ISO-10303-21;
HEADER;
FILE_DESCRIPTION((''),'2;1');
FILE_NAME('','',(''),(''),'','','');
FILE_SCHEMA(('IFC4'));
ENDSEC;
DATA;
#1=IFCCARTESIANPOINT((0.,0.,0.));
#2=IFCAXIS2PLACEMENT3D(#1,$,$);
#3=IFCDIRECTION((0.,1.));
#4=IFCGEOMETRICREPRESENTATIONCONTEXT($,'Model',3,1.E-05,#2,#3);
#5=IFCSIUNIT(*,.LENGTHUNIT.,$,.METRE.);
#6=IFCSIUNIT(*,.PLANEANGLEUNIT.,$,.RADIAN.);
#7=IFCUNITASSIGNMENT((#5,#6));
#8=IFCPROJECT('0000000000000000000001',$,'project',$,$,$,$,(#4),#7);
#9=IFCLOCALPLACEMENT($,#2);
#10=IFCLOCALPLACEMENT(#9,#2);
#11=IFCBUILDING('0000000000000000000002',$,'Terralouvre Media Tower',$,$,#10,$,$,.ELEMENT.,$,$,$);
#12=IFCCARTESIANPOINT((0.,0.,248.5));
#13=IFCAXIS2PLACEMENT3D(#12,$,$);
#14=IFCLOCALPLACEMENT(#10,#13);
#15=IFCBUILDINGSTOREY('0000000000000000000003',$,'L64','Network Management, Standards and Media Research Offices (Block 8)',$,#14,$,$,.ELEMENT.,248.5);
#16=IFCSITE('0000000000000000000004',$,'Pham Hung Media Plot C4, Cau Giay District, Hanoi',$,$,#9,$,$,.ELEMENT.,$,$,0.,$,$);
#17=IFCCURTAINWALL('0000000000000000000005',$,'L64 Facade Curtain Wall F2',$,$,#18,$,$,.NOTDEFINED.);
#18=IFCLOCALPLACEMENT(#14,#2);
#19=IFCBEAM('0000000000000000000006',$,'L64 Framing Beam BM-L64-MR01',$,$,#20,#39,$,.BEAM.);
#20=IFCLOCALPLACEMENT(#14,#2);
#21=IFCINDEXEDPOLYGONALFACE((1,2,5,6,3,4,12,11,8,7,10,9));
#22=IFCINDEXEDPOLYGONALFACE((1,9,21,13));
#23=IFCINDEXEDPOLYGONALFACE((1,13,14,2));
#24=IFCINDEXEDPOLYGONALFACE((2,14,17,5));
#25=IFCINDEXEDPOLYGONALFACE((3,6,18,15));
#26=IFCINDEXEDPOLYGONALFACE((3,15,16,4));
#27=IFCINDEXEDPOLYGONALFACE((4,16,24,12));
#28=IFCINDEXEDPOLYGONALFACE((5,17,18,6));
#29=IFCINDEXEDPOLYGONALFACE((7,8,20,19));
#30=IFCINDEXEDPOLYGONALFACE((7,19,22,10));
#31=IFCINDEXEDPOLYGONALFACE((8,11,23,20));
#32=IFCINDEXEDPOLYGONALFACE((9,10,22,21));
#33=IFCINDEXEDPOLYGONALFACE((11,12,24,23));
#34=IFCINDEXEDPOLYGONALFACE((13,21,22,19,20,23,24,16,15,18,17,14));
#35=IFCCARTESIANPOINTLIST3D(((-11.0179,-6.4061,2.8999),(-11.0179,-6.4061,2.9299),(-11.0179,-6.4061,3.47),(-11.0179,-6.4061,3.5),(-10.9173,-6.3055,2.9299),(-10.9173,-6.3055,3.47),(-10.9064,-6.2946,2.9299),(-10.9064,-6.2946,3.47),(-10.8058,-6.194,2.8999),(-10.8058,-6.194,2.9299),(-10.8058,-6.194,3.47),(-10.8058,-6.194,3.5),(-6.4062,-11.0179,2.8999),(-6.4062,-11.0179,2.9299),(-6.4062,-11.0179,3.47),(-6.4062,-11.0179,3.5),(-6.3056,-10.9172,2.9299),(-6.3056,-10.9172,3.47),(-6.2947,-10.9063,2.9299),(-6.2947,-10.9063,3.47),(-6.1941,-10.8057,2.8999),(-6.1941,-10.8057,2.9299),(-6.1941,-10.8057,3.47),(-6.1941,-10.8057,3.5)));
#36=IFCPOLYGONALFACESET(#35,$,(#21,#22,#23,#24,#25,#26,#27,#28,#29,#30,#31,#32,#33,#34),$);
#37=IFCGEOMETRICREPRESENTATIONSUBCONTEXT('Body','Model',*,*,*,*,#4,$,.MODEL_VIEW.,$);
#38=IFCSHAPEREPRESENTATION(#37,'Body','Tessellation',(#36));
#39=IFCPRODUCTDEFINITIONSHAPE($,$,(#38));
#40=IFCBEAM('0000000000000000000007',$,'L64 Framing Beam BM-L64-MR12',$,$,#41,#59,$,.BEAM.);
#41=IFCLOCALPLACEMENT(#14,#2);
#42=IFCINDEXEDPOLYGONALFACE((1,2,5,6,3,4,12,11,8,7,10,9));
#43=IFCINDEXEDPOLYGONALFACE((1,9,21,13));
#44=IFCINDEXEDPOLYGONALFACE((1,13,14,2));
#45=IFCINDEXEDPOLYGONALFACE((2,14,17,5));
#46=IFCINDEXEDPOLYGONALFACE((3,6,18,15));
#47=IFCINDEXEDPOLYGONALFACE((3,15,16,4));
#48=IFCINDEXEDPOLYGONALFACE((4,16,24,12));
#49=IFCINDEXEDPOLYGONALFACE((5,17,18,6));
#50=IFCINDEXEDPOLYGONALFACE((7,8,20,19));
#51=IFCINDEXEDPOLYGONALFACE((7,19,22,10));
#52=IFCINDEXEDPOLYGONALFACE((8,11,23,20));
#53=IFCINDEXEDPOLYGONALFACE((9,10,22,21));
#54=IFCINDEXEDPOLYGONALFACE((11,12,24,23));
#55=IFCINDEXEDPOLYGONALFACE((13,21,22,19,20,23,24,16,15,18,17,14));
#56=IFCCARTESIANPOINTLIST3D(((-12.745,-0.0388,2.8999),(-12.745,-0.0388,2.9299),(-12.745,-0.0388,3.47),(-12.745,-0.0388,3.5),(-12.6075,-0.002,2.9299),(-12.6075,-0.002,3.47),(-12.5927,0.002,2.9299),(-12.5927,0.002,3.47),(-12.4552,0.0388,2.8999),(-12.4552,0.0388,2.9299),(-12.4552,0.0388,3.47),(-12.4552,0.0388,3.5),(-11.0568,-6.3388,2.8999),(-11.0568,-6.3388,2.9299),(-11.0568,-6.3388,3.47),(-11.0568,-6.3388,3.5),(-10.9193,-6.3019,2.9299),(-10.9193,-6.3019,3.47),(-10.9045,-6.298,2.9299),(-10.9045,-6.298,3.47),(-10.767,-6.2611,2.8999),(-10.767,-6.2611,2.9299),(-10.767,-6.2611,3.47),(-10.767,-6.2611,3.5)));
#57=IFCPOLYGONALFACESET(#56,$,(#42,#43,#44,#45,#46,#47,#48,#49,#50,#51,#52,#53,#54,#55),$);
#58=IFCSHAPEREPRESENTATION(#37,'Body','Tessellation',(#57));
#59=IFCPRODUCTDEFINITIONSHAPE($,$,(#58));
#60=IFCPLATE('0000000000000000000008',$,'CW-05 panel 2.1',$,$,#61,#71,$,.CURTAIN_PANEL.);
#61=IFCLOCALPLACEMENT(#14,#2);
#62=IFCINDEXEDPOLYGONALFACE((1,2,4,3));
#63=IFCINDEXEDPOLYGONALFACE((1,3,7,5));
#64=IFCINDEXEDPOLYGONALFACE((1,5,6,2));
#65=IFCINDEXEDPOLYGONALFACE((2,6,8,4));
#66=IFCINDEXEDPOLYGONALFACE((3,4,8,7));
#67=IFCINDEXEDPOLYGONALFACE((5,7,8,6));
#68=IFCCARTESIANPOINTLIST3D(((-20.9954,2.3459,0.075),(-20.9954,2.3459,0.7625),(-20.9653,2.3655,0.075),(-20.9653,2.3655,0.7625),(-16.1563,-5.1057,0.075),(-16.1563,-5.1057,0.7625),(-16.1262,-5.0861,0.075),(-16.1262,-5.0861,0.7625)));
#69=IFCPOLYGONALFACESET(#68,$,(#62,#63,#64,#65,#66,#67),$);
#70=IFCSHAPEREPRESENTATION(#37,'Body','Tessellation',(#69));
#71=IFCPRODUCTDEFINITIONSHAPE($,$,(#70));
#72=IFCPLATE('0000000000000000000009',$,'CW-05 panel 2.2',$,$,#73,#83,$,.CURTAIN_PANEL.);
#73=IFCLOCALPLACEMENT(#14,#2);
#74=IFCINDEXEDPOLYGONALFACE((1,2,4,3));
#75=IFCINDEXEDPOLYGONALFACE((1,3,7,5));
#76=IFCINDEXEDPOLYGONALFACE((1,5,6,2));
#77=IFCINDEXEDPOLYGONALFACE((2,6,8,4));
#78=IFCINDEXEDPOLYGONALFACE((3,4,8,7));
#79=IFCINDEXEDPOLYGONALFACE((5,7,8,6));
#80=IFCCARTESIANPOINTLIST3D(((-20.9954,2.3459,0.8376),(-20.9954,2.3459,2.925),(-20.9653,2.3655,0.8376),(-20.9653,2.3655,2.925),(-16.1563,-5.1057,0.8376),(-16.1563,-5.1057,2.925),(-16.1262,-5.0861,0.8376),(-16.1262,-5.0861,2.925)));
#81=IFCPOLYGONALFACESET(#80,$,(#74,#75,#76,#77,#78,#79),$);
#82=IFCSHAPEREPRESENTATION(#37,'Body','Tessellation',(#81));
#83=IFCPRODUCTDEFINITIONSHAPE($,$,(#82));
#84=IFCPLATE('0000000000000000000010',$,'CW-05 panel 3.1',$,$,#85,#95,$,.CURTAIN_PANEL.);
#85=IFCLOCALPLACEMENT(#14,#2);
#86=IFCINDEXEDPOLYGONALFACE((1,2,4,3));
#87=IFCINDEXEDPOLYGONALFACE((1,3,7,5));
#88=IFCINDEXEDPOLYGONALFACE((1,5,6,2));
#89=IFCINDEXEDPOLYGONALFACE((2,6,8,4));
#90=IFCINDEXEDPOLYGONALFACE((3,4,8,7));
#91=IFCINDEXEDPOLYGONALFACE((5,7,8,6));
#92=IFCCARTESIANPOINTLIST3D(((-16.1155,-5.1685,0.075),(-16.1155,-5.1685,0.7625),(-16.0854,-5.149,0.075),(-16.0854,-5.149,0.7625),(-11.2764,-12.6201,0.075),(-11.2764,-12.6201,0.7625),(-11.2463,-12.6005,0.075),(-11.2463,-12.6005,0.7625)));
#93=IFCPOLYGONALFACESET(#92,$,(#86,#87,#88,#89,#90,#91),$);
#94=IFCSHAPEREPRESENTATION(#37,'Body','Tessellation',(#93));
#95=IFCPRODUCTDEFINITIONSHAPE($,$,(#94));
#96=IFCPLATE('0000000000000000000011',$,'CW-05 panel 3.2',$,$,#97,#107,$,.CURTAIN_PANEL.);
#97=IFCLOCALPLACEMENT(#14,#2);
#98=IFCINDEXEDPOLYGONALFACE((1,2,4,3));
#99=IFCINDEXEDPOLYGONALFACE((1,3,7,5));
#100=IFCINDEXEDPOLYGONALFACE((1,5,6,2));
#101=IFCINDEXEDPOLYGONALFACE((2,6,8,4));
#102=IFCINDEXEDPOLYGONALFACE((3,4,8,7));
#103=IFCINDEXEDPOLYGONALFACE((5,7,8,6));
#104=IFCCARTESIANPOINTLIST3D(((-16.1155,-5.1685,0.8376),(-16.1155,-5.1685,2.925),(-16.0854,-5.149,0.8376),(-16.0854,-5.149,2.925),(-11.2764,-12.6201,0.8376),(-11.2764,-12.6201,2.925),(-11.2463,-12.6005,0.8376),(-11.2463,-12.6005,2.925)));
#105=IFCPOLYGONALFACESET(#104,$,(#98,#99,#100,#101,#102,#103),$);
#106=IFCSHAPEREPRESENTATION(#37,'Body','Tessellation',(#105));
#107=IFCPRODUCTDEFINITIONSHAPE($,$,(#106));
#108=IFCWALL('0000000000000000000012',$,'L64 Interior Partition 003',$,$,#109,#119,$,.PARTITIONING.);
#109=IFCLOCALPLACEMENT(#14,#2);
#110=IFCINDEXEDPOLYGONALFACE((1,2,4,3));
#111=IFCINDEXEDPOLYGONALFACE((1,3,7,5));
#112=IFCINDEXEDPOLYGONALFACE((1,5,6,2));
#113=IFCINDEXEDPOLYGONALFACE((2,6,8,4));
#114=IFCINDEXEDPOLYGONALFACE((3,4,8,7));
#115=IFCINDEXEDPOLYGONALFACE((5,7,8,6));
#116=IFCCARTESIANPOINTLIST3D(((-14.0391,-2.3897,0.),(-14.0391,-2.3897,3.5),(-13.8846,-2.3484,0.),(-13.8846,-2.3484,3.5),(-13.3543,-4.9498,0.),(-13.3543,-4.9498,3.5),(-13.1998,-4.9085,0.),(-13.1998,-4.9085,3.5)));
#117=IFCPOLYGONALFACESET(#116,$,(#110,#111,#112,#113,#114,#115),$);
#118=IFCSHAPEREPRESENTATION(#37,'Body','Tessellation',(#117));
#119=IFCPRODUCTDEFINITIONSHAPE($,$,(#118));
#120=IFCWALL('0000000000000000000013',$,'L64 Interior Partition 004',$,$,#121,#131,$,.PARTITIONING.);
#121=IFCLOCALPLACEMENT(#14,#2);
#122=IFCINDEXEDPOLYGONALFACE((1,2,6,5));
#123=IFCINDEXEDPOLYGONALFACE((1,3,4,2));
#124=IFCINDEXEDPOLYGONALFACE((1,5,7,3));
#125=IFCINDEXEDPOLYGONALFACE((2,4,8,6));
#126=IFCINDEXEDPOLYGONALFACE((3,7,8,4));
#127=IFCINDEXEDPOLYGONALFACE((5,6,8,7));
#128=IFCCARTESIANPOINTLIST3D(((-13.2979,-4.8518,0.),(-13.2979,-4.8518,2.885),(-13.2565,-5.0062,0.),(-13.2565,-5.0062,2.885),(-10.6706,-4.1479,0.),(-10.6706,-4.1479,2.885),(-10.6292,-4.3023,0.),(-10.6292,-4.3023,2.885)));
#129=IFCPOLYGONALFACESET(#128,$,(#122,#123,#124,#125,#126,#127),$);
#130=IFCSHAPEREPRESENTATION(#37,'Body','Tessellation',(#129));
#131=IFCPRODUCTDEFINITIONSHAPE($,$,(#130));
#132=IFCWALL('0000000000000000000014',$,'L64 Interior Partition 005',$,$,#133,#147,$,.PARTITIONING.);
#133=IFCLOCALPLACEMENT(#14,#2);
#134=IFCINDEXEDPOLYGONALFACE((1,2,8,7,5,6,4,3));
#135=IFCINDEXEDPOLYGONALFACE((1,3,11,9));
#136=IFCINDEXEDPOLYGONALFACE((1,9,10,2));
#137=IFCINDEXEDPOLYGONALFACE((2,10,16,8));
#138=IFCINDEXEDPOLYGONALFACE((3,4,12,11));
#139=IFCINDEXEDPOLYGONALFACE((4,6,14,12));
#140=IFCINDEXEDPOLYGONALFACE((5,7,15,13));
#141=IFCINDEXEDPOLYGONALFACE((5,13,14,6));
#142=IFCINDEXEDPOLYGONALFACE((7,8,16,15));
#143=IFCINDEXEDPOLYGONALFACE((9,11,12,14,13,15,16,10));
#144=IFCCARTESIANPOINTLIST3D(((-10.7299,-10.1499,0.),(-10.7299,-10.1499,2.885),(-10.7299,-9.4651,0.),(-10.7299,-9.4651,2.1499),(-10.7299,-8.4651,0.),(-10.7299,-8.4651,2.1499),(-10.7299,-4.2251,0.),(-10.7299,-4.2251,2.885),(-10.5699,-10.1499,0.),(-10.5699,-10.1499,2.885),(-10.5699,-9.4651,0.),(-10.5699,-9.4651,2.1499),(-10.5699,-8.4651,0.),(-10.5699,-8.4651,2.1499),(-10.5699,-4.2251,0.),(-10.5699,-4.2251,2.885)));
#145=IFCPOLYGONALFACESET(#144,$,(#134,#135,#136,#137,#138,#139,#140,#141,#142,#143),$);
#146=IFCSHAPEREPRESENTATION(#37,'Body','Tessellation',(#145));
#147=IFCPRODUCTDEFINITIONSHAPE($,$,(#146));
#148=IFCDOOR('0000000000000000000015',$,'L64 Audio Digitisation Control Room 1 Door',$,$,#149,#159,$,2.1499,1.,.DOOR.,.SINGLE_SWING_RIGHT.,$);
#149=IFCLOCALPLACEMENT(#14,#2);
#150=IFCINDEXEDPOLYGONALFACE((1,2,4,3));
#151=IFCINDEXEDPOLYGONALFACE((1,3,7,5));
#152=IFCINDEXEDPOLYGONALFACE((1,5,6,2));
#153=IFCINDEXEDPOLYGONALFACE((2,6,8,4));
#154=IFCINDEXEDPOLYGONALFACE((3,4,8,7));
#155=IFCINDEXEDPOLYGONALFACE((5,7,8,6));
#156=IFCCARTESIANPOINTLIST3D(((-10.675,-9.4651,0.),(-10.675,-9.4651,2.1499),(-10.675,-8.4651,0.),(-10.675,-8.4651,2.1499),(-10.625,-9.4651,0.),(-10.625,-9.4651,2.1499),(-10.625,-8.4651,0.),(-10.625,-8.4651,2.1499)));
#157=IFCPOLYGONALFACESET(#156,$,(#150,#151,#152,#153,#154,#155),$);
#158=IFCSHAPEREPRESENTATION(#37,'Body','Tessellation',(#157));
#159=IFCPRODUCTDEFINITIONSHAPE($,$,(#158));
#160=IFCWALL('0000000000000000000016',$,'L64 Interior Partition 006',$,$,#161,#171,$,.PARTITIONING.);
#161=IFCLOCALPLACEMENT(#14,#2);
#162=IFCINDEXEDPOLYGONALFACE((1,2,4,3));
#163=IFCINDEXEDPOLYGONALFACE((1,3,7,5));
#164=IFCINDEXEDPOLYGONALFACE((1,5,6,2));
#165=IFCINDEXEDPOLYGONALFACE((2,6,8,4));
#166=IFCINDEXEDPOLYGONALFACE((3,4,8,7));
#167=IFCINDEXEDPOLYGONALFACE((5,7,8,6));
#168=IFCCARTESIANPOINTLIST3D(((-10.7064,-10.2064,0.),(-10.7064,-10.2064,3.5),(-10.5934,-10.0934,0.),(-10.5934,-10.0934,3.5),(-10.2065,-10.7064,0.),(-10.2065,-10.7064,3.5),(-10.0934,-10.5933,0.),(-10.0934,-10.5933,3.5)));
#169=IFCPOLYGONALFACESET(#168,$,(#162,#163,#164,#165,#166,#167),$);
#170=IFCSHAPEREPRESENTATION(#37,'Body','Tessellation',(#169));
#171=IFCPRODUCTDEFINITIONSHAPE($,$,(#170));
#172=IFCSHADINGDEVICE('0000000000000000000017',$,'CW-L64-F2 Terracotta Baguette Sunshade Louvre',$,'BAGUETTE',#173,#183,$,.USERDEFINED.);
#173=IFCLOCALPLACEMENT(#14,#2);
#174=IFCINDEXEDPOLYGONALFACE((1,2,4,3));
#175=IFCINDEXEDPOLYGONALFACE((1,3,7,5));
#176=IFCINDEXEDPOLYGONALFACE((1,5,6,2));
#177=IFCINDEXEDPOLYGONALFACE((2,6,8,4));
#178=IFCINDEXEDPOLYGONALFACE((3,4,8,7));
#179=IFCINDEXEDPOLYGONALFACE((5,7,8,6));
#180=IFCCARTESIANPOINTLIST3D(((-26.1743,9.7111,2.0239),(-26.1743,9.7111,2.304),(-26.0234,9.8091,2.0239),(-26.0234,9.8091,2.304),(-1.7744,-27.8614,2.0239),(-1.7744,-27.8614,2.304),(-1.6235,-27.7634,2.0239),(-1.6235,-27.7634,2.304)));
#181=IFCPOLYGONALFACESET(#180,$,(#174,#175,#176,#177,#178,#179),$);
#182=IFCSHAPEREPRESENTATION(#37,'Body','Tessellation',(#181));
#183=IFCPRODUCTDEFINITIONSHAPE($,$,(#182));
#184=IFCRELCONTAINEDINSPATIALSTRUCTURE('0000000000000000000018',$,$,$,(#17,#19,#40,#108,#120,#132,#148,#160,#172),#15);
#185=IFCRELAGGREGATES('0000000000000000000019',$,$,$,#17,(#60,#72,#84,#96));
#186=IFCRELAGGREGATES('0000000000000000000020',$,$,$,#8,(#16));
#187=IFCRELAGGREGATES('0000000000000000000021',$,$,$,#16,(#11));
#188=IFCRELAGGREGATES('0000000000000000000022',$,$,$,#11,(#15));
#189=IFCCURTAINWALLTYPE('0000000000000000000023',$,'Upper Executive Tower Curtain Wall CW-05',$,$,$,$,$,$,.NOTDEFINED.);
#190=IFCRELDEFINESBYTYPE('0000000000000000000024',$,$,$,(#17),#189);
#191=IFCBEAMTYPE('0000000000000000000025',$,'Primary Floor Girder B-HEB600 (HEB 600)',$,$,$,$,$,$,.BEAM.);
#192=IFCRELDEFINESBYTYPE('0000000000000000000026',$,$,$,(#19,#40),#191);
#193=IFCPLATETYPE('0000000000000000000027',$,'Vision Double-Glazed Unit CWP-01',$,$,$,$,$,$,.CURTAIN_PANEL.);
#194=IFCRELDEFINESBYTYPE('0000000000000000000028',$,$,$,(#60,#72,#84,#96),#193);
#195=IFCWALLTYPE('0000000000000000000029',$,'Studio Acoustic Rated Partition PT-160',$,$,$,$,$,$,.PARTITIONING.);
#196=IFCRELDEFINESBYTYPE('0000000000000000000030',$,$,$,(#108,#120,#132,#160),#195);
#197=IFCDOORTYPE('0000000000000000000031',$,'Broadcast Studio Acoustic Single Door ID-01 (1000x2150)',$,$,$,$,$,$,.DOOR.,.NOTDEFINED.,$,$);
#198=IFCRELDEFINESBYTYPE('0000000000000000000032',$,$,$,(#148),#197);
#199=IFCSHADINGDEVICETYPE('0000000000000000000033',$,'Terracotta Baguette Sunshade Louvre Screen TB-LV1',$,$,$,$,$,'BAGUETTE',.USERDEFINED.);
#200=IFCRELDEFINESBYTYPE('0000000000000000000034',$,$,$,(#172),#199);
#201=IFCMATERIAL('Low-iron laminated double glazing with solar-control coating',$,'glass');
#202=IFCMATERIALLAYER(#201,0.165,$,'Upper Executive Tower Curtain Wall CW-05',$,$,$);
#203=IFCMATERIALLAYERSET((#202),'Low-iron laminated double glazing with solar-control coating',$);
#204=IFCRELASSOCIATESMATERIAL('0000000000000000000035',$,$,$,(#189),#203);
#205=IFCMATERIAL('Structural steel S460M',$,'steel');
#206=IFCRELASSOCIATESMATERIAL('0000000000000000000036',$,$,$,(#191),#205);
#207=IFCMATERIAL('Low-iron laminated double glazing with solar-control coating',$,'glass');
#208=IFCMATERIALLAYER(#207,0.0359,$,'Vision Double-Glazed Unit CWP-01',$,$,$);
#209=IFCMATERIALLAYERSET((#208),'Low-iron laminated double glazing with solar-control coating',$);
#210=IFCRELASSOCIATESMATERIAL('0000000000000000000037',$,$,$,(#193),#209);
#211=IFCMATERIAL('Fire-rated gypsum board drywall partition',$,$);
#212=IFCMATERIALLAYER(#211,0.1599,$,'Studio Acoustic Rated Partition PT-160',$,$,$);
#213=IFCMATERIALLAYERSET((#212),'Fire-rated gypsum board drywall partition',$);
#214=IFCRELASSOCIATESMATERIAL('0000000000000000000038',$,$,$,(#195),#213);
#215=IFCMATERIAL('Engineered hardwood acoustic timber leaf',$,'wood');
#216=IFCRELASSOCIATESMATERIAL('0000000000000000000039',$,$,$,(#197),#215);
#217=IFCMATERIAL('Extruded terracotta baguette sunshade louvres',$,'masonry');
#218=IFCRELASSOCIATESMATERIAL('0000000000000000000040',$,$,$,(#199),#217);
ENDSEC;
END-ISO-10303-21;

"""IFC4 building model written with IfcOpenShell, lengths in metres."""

from ifc_helpers import new_model, si_unit, direction, frame, frame_2d, origin, origin_2d, place, context, subcontext, project, spatial, rectangle, i_section, extrude, material, layer, layer_set, material_profile, profile_set, type_object, element, fill, aggregate, save


model = new_model("IFC4")

# Units and contexts
model_context = context("Model", 3, precision=1e-05, world=origin(), true_north=direction((0.0, 1.0)))
body_context = subcontext(model_context, "Body", "Model", "MODEL_VIEW")
ifc_project = project(units=[si_unit("LENGTHUNIT", "METRE"), si_unit("PLANEANGLEUNIT", "RADIAN")], contexts=[model_context])

# Site, building, storey
site_placement = place(None, origin())
site = spatial("IfcSite", under=ifc_project, at=site_placement, Name="Pham Hung Media Plot C4, Cau Giay District, Hanoi", CompositionType="ELEMENT", RefElevation=0.0)
building_placement = place(site_placement, origin())
building = spatial("IfcBuilding", under=site, at=building_placement, Name="Terralouvre Media Tower", CompositionType="ELEMENT")
storey_placement = place(building_placement, frame((0.0, 0.0, 248.5)))
storey = spatial("IfcBuildingStorey", under=building, at=storey_placement, Name="L64", Description="Network Management, Standards and Media Research Offices (Block 8)", CompositionType="ELEMENT", Elevation=248.5)

# Curtain wall
ifc_material_1 = material(Name="Low-iron laminated double glazing with solar-control coating", Category="glass")
ifc_layer_1 = layer(ifc_material_1, 0.165, Name="Upper Executive Tower Curtain Wall CW-05")
ifc_layer_set_1 = layer_set([ifc_layer_1], Name="Low-iron laminated double glazing with solar-control coating")
curtain_wall_type = type_object("IfcCurtainWallType", Name="Upper Executive Tower Curtain Wall CW-05", PredefinedType="NOTDEFINED", material=ifc_layer_set_1)
curtain_wall_placement = place(storey_placement, origin())
curtain_wall = element("IfcCurtainWall", 1, at=curtain_wall_placement, inside=storey, type_object=curtain_wall_type, Name="L64 Facade Curtain Wall F2", PredefinedType="NOTDEFINED")

# Beams
ifc_material_2 = material(Name="Structural steel S460M", Category="steel")
ifc_material_profile_1 = material_profile(ifc_material_2, i_section(OverallWidth=0.3, OverallDepth=0.6001, WebThickness=0.0154, FlangeThickness=0.03, at=origin_2d()), Name="HEB 600")
ifc_profile_set_1 = profile_set([ifc_material_profile_1], Name="Structural steel S460M")
beam_type_1 = type_object("IfcBeamType", Name="Primary Floor Girder B-HEB600 (HEB 600)", PredefinedType="BEAM", material=ifc_profile_set_1)
beam_1_placement = place(storey_placement, frame((-10.9119, -6.3, 3.2), z_axis=(0.707107, -0.707107, 0.0), x_axis=(0.707107, 0.707107, 0.0)))
element("IfcBeam", 2, at=beam_1_placement, inside=storey, type_object=beam_type_1, Name="L64 Framing Beam BM-L64-MR01", PredefinedType="BEAM", context=body_context, shape_type="SweptSolid", body=[
    extrude(i_section(OverallWidth=0.3, OverallDepth=0.6001, WebThickness=0.0154, FlangeThickness=0.03, at=origin_2d()), origin(), (0.0, 0.0, 1.0), 6.522),
])
beam_2_placement = place(storey_placement, frame((-12.6001, 0.0, 3.2), z_axis=(0.258839, -0.96592, 0.0), x_axis=(0.96592, 0.258839, 0.0)))
element("IfcBeam", 3, at=beam_2_placement, inside=storey, type_object=beam_type_1, Name="L64 Framing Beam BM-L64-MR12", PredefinedType="BEAM", context=body_context, shape_type="SweptSolid", body=[
    extrude(i_section(OverallWidth=0.3, OverallDepth=0.6001, WebThickness=0.0154, FlangeThickness=0.03, at=origin_2d()), origin(), (0.0, 0.0, 1.0), 6.5222),
])

# Plates
ifc_material_3 = material(Name="Low-iron laminated double glazing with solar-control coating", Category="glass")
ifc_layer_2 = layer(ifc_material_3, 0.0359, Name="Vision Double-Glazed Unit CWP-01")
ifc_layer_set_2 = layer_set([ifc_layer_2], Name="Low-iron laminated double glazing with solar-control coating")
plate_type = type_object("IfcPlateType", Name="Vision Double-Glazed Unit CWP-01", PredefinedType="CURTAIN_PANEL", material=ifc_layer_set_2)
plate_1_placement = place(storey_placement, frame((-18.5608, -1.3701, 0.075), z_axis=(0.0, 0.0, 1.0), x_axis=(0.544639, -0.838671, 0.0)))
plate_1 = element("IfcPlate", 4, at=plate_1_placement, type_object=plate_type, Name="CW-05 panel 2.1", PredefinedType="CURTAIN_PANEL", context=body_context, shape_type="SweptSolid", body=[
    extrude(rectangle(XDim=8.885, YDim=0.0359, at=origin_2d()), origin(), (0.0, 0.0, 1.0), 0.6875),
])
plate_2_placement = place(storey_placement, frame((-18.5608, -1.3701, 0.8376), z_axis=(0.0, 0.0, 1.0), x_axis=(0.544639, -0.838671, 0.0)))
plate_2 = element("IfcPlate", 5, at=plate_2_placement, type_object=plate_type, Name="CW-05 panel 2.2", PredefinedType="CURTAIN_PANEL", context=body_context, shape_type="SweptSolid", body=[
    extrude(rectangle(XDim=8.885, YDim=0.0359, at=origin_2d()), origin(), (0.0, 0.0, 1.0), 2.0874),
])
plate_3_placement = place(storey_placement, frame((-13.6809, -8.8845, 0.075), z_axis=(0.0, 0.0, 1.0), x_axis=(0.544639, -0.838671, 0.0)))
plate_3 = element("IfcPlate", 6, at=plate_3_placement, type_object=plate_type, Name="CW-05 panel 3.1", PredefinedType="CURTAIN_PANEL", context=body_context, shape_type="SweptSolid", body=[
    extrude(rectangle(XDim=8.885, YDim=0.0359, at=origin_2d()), origin(), (0.0, 0.0, 1.0), 0.6875),
])
plate_4_placement = place(storey_placement, frame((-13.6809, -8.8845, 0.8376), z_axis=(0.0, 0.0, 1.0), x_axis=(0.544639, -0.838671, 0.0)))
plate_4 = element("IfcPlate", 7, at=plate_4_placement, type_object=plate_type, Name="CW-05 panel 3.2", PredefinedType="CURTAIN_PANEL", context=body_context, shape_type="SweptSolid", body=[
    extrude(rectangle(XDim=8.885, YDim=0.0359, at=origin_2d()), origin(), (0.0, 0.0, 1.0), 2.0874),
])
aggregate(curtain_wall, [plate_1, plate_2, plate_3, plate_4])

# Walls
ifc_material_4 = material(Name="Fire-rated gypsum board drywall partition")
ifc_layer_3 = layer(ifc_material_4, 0.1599, Name="Studio Acoustic Rated Partition PT-160")
ifc_layer_set_3 = layer_set([ifc_layer_3], Name="Fire-rated gypsum board drywall partition")
wall_type = type_object("IfcWallType", Name="Studio Acoustic Rated Partition PT-160", PredefinedType="PARTITIONING", material=ifc_layer_set_3)
wall_1_placement = place(storey_placement, frame((-13.9619, -2.3689, 0.0), z_axis=(0.0, 0.0, 1.0), x_axis=(0.258414, -0.966034, 0.0)))
element("IfcWall", 8, at=wall_1_placement, inside=storey, type_object=wall_type, Name="L64 Interior Partition 003", PredefinedType="PARTITIONING", context=body_context, shape_type="SweptSolid", body=[
    extrude(rectangle(XDim=2.6501, YDim=0.1599, at=frame_2d((1.3252, 0.0))), origin(), (0.0, 0.0, 1.0), 3.5),
])
wall_2_placement = place(storey_placement, frame((-13.2771, -4.929, 0.0), z_axis=(0.0, 0.0, 1.0), x_axis=(0.965935, 0.258785, 0.0)))
element("IfcWall", 9, at=wall_2_placement, inside=storey, type_object=wall_type, Name="L64 Interior Partition 004", PredefinedType="PARTITIONING", context=body_context, shape_type="SweptSolid", body=[
    extrude(rectangle(XDim=2.72, YDim=0.1599, at=frame_2d((1.3599, 0.0))), origin(), (0.0, 0.0, 1.0), 2.885),
])

# Wall, opening, door
wall_3_placement = place(storey_placement, frame((-10.6499, -4.2251, 0.0), z_axis=(0.0, 0.0, 1.0), x_axis=(0.0, -1.0, 0.0)))
wall_3 = element("IfcWall", 10, at=wall_3_placement, inside=storey, type_object=wall_type, Name="L64 Interior Partition 005", PredefinedType="PARTITIONING", context=body_context, shape_type="SweptSolid", body=[
    extrude(rectangle(XDim=5.9248, YDim=0.1599, at=frame_2d((2.9624, 0.0))), origin(), (0.0, 0.0, 1.0), 2.885),
])
opening_placement = place(wall_3_placement, frame((4.24, 0.0, 0.0)))
opening = element("IfcOpeningElement", 11, at=opening_placement, cuts=wall_3, PredefinedType="OPENING", context=body_context, shape_type="SweptSolid", body=[
    extrude(rectangle(XDim=1.0, YDim=2.1499, at=frame_2d((0.5, 1.075))), frame((0.0, 0.0898, 0.0), z_axis=(0.0, -1.0, 0.0), x_axis=(1.0, 0.0, 0.0)), (0.0, 0.0, 1.0), 0.1799),
])
ifc_material_5 = material(Name="Engineered hardwood acoustic timber leaf", Category="wood")
door_type = type_object("IfcDoorType", Name="Broadcast Studio Acoustic Single Door ID-01 (1000x2150)", OperationType="NOTDEFINED", PredefinedType="DOOR", material=ifc_material_5)
door_placement = place(opening_placement, origin())
door = element("IfcDoor", 12, at=door_placement, inside=storey, type_object=door_type, Name="L64 Audio Digitisation Control Room 1 Door", OperationType="SINGLE_SWING_RIGHT", OverallHeight=2.1499, OverallWidth=1.0, PredefinedType="DOOR", context=body_context, shape_type="SweptSolid", body=[
    extrude(rectangle(XDim=1.0, YDim=2.1499, at=frame_2d((0.5, 1.075))), frame((0.0, 0.0249, 0.0), z_axis=(0.0, -1.0, 0.0), x_axis=(1.0, 0.0, 0.0)), (0.0, 0.0, 1.0), 0.05),
])
fill(opening, door)

# Wall
wall_4_placement = place(storey_placement, frame((-10.6499, -10.1499, 0.0), z_axis=(0.0, 0.0, 1.0), x_axis=(0.707107, -0.707107, 0.0)))
element("IfcWall", 13, at=wall_4_placement, inside=storey, type_object=wall_type, Name="L64 Interior Partition 006", PredefinedType="PARTITIONING", context=body_context, shape_type="SweptSolid", body=[
    extrude(rectangle(XDim=0.707, YDim=0.1599, at=frame_2d((0.3535, 0.0))), origin(), (0.0, 0.0, 1.0), 3.5),
])

# Shading device
ifc_material_6 = material(Name="Extruded terracotta baguette sunshade louvres", Category="masonry")
shading_device_type = type_object("IfcShadingDeviceType", Name="Terracotta Baguette Sunshade Louvre Screen TB-LV1", ElementType="BAGUETTE", PredefinedType="USERDEFINED", material=ifc_material_6)
shading_device_placement = place(storey_placement, frame((-13.8989, -9.0261, 2.0239), z_axis=(0.0, 0.0, 1.0), x_axis=(0.544639, -0.838671, 0.0)))
element("IfcShadingDevice", 14, at=shading_device_placement, inside=storey, type_object=shading_device_type, Name="CW-L64-F2 Terracotta Baguette Sunshade Louvre", ObjectType="BAGUETTE", PredefinedType="USERDEFINED", context=body_context, shape_type="SweptSolid", body=[
    extrude(rectangle(XDim=44.8, YDim=0.1799, at=origin_2d()), origin(), (0.0, 0.0, 1.0), 0.28),
])

save(model, "model.ifc")
